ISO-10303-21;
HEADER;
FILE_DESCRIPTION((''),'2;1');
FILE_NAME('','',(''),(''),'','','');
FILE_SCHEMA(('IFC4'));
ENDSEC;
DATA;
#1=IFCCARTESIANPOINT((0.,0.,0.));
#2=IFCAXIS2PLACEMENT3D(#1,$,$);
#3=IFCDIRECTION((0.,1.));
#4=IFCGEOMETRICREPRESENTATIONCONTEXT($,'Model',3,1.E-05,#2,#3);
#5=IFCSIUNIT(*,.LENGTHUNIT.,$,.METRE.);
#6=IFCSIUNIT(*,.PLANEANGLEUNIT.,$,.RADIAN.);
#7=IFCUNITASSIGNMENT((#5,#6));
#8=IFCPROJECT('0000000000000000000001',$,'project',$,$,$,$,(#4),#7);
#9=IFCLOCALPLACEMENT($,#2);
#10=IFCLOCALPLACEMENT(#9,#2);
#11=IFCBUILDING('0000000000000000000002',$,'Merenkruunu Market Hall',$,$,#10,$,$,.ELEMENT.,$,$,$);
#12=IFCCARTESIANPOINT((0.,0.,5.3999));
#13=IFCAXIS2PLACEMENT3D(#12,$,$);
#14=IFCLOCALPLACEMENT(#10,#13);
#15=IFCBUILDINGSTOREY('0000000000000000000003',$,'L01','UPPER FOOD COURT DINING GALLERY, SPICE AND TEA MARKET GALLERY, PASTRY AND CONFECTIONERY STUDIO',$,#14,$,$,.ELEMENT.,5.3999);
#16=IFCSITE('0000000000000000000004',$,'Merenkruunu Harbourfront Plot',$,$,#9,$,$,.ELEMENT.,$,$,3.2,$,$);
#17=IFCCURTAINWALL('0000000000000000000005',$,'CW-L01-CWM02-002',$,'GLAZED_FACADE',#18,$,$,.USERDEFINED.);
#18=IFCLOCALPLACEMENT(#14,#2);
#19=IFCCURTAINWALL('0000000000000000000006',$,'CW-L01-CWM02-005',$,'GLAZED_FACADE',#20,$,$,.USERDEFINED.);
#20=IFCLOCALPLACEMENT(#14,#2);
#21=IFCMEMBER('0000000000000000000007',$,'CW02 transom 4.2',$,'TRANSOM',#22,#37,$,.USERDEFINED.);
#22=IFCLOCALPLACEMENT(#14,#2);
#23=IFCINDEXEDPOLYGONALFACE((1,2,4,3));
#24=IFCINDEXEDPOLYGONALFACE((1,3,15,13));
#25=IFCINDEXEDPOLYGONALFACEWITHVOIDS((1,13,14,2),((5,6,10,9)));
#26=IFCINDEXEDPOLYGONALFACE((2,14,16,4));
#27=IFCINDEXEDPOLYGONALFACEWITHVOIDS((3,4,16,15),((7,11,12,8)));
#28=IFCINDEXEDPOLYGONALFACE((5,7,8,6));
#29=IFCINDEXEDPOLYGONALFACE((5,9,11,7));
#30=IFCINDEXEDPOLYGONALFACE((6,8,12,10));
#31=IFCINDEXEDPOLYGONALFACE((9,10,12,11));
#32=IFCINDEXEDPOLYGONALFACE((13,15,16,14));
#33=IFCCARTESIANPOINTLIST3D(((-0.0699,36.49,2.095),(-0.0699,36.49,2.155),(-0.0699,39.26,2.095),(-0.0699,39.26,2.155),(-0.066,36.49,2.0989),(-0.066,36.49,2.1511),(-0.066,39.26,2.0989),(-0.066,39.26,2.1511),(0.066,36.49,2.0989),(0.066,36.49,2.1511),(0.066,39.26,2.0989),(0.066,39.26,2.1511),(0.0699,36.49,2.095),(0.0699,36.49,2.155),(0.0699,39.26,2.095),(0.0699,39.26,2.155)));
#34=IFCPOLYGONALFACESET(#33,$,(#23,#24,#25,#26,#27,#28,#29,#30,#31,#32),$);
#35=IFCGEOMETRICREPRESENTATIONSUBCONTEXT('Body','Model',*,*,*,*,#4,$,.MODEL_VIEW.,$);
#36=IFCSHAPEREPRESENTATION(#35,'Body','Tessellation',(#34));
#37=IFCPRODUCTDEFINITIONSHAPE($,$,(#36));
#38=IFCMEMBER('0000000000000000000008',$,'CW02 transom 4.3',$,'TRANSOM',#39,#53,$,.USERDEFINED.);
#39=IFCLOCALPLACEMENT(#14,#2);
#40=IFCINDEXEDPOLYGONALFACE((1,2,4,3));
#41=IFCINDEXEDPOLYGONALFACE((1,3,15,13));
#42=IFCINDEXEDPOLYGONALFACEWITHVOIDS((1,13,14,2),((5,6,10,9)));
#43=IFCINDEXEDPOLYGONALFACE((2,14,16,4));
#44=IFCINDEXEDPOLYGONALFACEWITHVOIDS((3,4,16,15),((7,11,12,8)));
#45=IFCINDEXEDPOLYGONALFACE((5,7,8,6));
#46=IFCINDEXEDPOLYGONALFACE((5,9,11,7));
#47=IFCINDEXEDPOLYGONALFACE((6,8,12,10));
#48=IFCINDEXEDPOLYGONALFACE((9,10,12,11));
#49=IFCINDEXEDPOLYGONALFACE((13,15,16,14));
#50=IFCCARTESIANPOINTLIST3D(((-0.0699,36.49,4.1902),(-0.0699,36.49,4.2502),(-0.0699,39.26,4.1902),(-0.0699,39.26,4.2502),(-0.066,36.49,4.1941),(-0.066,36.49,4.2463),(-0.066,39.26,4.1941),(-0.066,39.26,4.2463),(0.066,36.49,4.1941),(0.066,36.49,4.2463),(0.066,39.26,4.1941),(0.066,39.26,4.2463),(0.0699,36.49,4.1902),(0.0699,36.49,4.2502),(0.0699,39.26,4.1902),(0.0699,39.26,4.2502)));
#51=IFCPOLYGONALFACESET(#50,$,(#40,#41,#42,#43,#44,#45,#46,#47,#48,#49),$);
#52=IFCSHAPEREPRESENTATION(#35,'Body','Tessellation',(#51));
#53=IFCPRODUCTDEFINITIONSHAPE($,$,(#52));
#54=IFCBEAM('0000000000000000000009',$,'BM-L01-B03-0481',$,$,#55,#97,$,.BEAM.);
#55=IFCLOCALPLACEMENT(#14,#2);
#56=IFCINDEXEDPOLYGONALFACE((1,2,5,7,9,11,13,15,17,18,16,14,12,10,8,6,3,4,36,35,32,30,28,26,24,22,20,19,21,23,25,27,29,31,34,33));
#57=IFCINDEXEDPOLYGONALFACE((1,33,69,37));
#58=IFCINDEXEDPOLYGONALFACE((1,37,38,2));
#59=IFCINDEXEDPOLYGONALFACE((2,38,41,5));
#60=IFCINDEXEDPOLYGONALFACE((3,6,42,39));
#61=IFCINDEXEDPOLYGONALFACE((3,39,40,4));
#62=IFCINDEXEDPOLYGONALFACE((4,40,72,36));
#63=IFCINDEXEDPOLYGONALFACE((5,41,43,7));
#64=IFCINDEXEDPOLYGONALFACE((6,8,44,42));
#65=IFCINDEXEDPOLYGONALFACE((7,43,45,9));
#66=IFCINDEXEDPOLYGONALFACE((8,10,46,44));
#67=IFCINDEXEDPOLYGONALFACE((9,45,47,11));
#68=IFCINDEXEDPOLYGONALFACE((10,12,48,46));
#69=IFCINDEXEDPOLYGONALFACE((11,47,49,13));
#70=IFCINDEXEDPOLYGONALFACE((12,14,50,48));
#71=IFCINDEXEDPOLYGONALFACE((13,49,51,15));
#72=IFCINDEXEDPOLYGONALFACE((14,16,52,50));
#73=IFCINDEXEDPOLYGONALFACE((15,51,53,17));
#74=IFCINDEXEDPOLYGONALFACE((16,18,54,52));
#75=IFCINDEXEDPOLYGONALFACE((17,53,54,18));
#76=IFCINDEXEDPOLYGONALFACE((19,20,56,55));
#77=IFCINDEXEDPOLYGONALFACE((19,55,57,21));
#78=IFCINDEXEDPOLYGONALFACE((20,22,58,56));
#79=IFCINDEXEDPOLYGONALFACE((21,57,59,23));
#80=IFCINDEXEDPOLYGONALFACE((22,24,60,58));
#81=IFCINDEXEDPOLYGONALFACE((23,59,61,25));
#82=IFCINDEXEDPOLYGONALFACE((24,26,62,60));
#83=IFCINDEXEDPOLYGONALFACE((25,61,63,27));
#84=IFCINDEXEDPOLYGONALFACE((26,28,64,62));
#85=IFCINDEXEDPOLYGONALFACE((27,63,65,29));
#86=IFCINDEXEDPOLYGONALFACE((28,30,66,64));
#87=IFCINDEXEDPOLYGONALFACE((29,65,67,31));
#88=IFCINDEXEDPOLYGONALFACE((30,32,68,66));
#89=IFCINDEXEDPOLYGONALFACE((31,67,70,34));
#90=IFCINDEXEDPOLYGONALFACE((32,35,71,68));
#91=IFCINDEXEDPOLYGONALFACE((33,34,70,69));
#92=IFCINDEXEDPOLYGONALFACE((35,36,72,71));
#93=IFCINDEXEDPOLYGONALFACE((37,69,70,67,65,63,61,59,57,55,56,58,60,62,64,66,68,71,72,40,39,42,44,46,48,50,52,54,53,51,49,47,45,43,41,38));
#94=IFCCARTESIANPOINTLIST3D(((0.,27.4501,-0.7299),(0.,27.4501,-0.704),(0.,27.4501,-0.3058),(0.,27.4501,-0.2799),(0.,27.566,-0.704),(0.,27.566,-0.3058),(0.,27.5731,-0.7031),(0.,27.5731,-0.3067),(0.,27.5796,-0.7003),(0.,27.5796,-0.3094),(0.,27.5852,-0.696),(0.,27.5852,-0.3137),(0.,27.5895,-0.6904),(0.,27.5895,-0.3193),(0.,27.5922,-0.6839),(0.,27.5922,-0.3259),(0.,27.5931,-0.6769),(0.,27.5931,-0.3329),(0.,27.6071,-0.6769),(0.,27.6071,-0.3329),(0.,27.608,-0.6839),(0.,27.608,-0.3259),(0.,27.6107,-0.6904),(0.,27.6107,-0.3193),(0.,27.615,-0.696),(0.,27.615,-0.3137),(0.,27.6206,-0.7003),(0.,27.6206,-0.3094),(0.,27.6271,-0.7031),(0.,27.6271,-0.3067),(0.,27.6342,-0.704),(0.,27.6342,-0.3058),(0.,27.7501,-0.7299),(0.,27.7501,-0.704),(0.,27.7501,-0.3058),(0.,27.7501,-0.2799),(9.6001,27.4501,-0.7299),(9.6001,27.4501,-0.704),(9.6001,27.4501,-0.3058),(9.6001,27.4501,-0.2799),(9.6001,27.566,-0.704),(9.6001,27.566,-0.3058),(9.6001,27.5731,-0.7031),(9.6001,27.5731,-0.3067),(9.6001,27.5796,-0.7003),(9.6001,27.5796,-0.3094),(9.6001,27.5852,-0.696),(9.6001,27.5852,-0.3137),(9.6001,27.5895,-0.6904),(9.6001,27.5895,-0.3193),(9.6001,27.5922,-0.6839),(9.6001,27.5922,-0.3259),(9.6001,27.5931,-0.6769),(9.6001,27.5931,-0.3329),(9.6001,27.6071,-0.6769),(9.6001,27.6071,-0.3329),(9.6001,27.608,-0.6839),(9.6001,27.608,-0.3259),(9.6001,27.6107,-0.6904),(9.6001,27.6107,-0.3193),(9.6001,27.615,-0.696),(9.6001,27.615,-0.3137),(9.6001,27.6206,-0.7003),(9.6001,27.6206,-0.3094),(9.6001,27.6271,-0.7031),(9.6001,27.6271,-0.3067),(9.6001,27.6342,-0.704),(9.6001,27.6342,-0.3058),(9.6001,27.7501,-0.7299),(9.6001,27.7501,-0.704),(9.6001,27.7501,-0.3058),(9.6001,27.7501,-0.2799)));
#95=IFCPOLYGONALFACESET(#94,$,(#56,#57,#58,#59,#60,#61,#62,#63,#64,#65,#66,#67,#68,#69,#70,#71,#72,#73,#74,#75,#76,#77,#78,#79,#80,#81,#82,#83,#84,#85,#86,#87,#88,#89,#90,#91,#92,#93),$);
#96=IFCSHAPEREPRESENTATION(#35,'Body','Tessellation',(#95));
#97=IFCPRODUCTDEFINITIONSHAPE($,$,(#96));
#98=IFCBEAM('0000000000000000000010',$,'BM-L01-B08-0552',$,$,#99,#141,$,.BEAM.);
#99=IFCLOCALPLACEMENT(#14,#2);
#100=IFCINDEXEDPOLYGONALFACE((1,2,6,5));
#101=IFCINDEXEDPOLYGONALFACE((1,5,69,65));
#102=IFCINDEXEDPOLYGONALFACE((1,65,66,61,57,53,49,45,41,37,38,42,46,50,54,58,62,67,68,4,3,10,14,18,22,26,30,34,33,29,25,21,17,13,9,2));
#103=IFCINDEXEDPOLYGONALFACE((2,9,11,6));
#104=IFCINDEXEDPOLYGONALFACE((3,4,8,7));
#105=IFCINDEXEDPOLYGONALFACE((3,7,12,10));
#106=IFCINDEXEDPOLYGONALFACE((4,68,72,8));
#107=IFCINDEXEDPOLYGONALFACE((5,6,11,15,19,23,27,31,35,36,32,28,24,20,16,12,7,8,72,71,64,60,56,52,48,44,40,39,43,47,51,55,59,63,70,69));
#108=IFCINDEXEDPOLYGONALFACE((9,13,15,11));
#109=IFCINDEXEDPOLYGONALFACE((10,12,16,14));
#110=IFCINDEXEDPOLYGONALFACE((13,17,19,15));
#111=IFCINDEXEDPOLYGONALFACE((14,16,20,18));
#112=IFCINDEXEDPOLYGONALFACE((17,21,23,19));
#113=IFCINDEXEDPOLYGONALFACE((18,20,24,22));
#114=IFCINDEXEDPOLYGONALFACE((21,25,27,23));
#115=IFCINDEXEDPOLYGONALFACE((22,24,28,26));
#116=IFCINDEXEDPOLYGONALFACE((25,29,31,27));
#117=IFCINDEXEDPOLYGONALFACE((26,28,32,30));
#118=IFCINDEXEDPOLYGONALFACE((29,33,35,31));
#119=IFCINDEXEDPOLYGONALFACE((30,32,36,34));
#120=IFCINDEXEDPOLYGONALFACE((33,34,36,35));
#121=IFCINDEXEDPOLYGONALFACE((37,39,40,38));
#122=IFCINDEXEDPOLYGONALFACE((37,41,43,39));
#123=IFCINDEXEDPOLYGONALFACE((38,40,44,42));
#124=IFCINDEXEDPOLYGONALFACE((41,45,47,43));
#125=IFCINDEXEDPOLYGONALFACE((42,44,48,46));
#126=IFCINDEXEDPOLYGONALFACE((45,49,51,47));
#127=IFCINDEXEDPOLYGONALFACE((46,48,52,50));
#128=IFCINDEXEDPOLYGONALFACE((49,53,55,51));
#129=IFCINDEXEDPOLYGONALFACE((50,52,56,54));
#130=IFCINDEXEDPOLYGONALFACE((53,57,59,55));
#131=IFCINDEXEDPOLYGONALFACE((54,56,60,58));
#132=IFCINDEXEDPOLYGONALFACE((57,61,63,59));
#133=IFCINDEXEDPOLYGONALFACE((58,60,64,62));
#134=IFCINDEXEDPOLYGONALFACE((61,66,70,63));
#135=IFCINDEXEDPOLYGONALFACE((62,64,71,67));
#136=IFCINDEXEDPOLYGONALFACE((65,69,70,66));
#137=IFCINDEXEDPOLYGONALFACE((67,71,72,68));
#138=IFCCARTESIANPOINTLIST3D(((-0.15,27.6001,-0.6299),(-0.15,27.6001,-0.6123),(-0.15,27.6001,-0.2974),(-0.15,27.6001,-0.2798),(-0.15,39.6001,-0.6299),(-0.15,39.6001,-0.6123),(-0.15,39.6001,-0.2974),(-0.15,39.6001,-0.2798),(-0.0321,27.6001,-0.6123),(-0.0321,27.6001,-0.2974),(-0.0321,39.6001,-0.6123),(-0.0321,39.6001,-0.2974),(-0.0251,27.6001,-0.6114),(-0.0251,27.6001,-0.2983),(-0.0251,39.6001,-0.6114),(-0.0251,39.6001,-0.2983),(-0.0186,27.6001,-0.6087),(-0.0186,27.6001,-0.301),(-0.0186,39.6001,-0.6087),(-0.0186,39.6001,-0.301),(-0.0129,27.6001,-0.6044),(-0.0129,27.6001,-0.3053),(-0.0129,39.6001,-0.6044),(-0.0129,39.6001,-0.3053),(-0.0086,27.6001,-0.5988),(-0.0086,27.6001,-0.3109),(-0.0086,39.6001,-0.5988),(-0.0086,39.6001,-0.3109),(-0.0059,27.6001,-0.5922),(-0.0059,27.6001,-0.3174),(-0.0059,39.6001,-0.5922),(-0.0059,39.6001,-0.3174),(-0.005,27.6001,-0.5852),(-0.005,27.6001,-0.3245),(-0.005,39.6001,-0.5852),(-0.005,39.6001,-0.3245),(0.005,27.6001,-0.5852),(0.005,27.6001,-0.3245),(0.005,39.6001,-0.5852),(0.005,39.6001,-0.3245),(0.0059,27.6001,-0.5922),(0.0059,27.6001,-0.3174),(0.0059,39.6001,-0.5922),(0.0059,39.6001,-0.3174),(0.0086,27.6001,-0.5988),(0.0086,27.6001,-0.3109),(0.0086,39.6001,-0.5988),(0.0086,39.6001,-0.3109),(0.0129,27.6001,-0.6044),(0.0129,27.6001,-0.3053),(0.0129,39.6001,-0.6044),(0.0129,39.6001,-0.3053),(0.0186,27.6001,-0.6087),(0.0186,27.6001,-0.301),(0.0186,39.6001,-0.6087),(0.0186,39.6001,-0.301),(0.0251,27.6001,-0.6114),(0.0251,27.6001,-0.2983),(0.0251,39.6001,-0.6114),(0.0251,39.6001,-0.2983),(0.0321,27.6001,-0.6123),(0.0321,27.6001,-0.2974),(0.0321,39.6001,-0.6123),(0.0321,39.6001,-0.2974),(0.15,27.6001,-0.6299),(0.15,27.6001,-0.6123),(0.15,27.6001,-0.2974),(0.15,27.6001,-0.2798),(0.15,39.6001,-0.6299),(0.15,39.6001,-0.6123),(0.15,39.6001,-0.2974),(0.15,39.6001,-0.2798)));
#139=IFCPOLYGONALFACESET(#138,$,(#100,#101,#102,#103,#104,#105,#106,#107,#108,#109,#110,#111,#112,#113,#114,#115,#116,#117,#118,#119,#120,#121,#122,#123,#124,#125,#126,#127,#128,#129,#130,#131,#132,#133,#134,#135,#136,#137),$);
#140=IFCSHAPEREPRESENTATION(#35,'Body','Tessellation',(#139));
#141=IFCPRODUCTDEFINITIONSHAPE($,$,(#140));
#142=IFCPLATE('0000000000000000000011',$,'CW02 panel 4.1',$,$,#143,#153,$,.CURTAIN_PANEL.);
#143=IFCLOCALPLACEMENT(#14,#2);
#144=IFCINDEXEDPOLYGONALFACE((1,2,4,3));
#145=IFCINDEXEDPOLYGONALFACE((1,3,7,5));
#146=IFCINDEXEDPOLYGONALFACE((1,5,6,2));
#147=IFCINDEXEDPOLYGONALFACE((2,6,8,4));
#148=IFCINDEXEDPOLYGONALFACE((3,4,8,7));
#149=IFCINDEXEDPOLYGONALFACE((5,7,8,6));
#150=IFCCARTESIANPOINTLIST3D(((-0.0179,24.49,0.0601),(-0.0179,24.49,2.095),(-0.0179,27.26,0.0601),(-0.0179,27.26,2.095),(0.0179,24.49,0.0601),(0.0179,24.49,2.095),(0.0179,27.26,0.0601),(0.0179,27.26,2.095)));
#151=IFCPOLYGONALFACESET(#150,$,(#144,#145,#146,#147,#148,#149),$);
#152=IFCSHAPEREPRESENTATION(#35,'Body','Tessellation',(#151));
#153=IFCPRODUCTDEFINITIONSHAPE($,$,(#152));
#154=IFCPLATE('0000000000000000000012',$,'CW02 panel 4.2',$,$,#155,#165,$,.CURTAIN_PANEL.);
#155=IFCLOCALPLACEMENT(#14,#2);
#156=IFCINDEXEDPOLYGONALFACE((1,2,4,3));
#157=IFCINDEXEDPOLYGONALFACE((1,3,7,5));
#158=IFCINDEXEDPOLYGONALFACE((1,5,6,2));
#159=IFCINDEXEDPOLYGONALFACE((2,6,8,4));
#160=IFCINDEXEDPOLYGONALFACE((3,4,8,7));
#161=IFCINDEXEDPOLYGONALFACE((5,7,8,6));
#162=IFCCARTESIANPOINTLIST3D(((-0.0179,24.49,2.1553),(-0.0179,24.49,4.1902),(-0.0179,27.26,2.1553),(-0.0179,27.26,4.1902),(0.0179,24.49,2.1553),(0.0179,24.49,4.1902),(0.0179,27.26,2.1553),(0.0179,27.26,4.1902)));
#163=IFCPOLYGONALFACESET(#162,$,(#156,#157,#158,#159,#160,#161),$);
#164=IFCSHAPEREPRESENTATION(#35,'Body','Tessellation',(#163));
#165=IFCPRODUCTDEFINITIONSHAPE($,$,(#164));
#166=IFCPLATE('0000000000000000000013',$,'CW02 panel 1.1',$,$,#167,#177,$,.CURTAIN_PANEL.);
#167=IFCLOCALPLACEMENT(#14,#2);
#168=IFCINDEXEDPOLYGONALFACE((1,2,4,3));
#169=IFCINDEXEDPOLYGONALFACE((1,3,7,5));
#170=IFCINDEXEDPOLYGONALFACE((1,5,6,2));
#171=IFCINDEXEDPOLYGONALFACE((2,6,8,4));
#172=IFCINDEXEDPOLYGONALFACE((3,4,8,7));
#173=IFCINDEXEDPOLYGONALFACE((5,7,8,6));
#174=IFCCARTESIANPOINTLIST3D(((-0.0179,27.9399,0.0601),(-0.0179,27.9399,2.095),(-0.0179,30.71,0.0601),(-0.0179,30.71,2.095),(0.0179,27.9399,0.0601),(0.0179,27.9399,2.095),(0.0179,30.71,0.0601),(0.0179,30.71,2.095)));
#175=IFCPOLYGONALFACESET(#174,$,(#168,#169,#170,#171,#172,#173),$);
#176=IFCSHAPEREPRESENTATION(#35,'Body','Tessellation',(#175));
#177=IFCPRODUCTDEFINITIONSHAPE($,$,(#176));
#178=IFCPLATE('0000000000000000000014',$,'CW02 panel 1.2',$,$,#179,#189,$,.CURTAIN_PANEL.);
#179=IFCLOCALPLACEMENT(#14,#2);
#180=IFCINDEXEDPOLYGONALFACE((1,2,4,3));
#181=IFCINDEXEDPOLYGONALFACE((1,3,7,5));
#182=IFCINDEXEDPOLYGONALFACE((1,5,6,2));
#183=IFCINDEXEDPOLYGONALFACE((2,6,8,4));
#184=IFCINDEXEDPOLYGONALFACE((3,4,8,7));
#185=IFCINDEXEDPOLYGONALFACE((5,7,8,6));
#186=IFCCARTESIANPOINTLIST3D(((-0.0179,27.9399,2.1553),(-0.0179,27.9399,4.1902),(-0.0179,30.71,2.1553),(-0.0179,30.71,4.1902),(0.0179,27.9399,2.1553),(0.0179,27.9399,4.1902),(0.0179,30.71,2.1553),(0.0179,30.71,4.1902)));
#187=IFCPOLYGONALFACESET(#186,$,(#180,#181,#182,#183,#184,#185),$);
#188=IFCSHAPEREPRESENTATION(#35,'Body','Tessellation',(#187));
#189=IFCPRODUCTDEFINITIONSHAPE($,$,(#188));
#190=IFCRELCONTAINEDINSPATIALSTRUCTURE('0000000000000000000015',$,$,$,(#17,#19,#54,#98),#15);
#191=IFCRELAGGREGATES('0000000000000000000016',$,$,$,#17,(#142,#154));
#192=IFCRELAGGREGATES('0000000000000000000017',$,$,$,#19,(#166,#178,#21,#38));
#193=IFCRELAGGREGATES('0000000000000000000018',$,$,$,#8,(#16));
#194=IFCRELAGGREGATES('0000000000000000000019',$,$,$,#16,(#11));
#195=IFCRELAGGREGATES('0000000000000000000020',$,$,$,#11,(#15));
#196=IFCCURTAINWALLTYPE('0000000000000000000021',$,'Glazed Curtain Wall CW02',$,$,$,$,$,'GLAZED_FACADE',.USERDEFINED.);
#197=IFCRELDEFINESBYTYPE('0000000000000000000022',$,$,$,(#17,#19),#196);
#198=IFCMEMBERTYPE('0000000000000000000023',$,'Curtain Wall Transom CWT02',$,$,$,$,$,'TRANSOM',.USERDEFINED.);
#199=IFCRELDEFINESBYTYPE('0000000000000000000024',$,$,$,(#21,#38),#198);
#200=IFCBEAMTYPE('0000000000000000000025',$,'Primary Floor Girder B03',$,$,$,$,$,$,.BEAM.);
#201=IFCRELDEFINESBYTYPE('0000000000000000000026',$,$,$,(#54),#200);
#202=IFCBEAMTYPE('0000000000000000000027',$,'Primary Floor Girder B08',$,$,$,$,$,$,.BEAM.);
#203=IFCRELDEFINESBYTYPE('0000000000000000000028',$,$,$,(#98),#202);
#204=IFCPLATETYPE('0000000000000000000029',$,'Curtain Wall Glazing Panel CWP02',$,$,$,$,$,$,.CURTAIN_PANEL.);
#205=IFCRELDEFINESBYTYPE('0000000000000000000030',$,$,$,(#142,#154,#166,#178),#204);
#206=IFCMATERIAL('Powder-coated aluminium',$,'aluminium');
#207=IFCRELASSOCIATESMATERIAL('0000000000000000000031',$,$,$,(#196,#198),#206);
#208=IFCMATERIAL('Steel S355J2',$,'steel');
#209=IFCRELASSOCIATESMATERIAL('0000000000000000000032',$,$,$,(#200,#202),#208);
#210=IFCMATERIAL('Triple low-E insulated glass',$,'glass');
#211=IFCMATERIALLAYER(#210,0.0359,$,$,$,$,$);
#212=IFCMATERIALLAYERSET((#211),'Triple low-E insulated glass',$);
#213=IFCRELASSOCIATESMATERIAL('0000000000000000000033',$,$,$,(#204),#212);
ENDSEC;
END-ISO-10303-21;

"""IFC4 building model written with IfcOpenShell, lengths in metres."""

from ifc_helpers import new_model, si_unit, direction, frame, origin, origin_2d, place, context, subcontext, project, spatial, rectangle, hollow_rectangle, i_section, extrude, material, layer, layer_set, material_profile, profile_set, type_object, element, aggregate, save


model = new_model("IFC4")

# Units and contexts
model_context = context("Model", 3, precision=1e-05, world=origin(), true_north=direction((0.0, 1.0)))
body_context = subcontext(model_context, "Body", "Model", "MODEL_VIEW")
ifc_project = project(units=[si_unit("LENGTHUNIT", "METRE"), si_unit("PLANEANGLEUNIT", "RADIAN")], contexts=[model_context])

# Site, building, storey
site_placement = place(None, origin())
site = spatial("IfcSite", under=ifc_project, at=site_placement, Name="Merenkruunu Harbourfront Plot", CompositionType="ELEMENT", RefElevation=3.2)
building_placement = place(site_placement, origin())
building = spatial("IfcBuilding", under=site, at=building_placement, Name="Merenkruunu Market Hall", CompositionType="ELEMENT")
storey_placement = place(building_placement, frame((0.0, 0.0, 5.3999)))
storey = spatial("IfcBuildingStorey", under=building, at=storey_placement, Name="L01", Description="UPPER FOOD COURT DINING GALLERY, SPICE AND TEA MARKET GALLERY, PASTRY AND CONFECTIONERY STUDIO", CompositionType="ELEMENT", Elevation=5.3999)

# Curtain wall
ifc_material_1 = material(Name="Powder-coated aluminium", Category="aluminium")
curtain_wall_type = type_object("IfcCurtainWallType", Name="Glazed Curtain Wall CW02", ElementType="GLAZED_FACADE", PredefinedType="USERDEFINED", material=ifc_material_1)
curtain_wall_1_placement = place(storey_placement, origin())
curtain_wall_1 = element("IfcCurtainWall", 1, at=curtain_wall_1_placement, inside=storey, type_object=curtain_wall_type, Name="CW-L01-CWM02-002", ObjectType="GLAZED_FACADE", PredefinedType="USERDEFINED")

# Curtain wall
curtain_wall_2_placement = place(storey_placement, origin())
curtain_wall_2 = element("IfcCurtainWall", 2, at=curtain_wall_2_placement, inside=storey, type_object=curtain_wall_type, Name="CW-L01-CWM02-005", ObjectType="GLAZED_FACADE", PredefinedType="USERDEFINED")

# Members
ifc_material_profile_1 = material_profile(ifc_material_1, hollow_rectangle(XDim=0.0601, YDim=0.1399, WallThickness=0.0039, at=origin_2d()), Name="ALU 60x140x4")
ifc_profile_set_1 = profile_set([ifc_material_profile_1], Name="Powder-coated aluminium")
member_type_1 = type_object("IfcMemberType", Name="Curtain Wall Transom CWT02", ElementType="TRANSOM", PredefinedType="USERDEFINED", material=ifc_profile_set_1)
member_1_placement = place(storey_placement, frame((0.0, 36.49, 2.125), z_axis=(0.0, 1.0, 0.0), x_axis=(0.0, 0.0, 1.0)))
member_1 = element("IfcMember", 3, at=member_1_placement, type_object=member_type_1, Name="CW02 transom 4.2", ObjectType="TRANSOM", PredefinedType="USERDEFINED", context=body_context, shape_type="SweptSolid", body=[
    extrude(hollow_rectangle(XDim=0.0601, YDim=0.1399, WallThickness=0.0039, at=origin_2d()), origin(), (0.0, 0.0, 1.0), 2.77),
])
member_2_placement = place(storey_placement, frame((0.0, 36.49, 4.2202), z_axis=(0.0, 1.0, 0.0), x_axis=(0.0, 0.0, 1.0)))
member_2 = element("IfcMember", 4, at=member_2_placement, type_object=member_type_1, Name="CW02 transom 4.3", ObjectType="TRANSOM", PredefinedType="USERDEFINED", context=body_context, shape_type="SweptSolid", body=[
    extrude(hollow_rectangle(XDim=0.0601, YDim=0.1399, WallThickness=0.0039, at=origin_2d()), origin(), (0.0, 0.0, 1.0), 2.77),
])

# Beams
ifc_material_2 = material(Name="Steel S355J2", Category="steel")
ifc_material_profile_2 = material_profile(ifc_material_2, i_section(OverallWidth=0.3, OverallDepth=0.45, WebThickness=0.0139, FlangeThickness=0.0259, FilletRadius=0.0271, at=origin_2d()), Name="HEB 450")
ifc_profile_set_2 = profile_set([ifc_material_profile_2], Name="Steel S355J2")
beam_type_1 = type_object("IfcBeamType", Name="Primary Floor Girder B03", PredefinedType="BEAM", material=ifc_profile_set_2)
beam_1_placement = place(storey_placement, frame((0.0, 27.6001, -0.5049), z_axis=(1.0, 0.0, 0.0), x_axis=(0.0, 1.0, 0.0)))
element("IfcBeam", 5, at=beam_1_placement, inside=storey, type_object=beam_type_1, Name="BM-L01-B03-0481", PredefinedType="BEAM", context=body_context, shape_type="SweptSolid", body=[
    extrude(i_section(OverallWidth=0.3, OverallDepth=0.45, WebThickness=0.0139, FlangeThickness=0.0259, FilletRadius=0.0271, at=origin_2d()), origin(), (0.0, 0.0, 1.0), 9.6001),
])
ifc_material_profile_3 = material_profile(ifc_material_2, i_section(OverallWidth=0.3, OverallDepth=0.3501, WebThickness=0.01, FlangeThickness=0.0176, FilletRadius=0.0271, at=origin_2d()), Name="HEA 360")
ifc_profile_set_3 = profile_set([ifc_material_profile_3], Name="Steel S355J2")
beam_type_2 = type_object("IfcBeamType", Name="Primary Floor Girder B08", PredefinedType="BEAM", material=ifc_profile_set_3)
beam_2_placement = place(storey_placement, frame((0.0, 27.6001, -0.4548), z_axis=(0.0, 1.0, 0.0), x_axis=(-1.0, 0.0, 0.0)))
element("IfcBeam", 6, at=beam_2_placement, inside=storey, type_object=beam_type_2, Name="BM-L01-B08-0552", PredefinedType="BEAM", context=body_context, shape_type="SweptSolid", body=[
    extrude(i_section(OverallWidth=0.3, OverallDepth=0.3501, WebThickness=0.01, FlangeThickness=0.0176, FilletRadius=0.0271, at=origin_2d()), origin(), (0.0, 0.0, 1.0), 12.0),
])

# Plates
ifc_material_3 = material(Name="Triple low-E insulated glass", Category="glass")
ifc_layer_1 = layer(ifc_material_3, 0.0359)
ifc_layer_set_1 = layer_set([ifc_layer_1], Name="Triple low-E insulated glass")
plate_type = type_object("IfcPlateType", Name="Curtain Wall Glazing Panel CWP02", PredefinedType="CURTAIN_PANEL", material=ifc_layer_set_1)
plate_1_placement = place(storey_placement, frame((0.0, 25.875, 0.0601), z_axis=(0.0, 0.0, 1.0), x_axis=(0.0, 1.0, 0.0)))
plate_1 = element("IfcPlate", 7, at=plate_1_placement, type_object=plate_type, Name="CW02 panel 4.1", PredefinedType="CURTAIN_PANEL", context=body_context, shape_type="SweptSolid", body=[
    extrude(rectangle(XDim=2.77, YDim=0.0359, at=origin_2d()), origin(), (0.0, 0.0, 1.0), 2.0349),
])
plate_2_placement = place(storey_placement, frame((0.0, 25.875, 2.1553), z_axis=(0.0, 0.0, 1.0), x_axis=(0.0, 1.0, 0.0)))
plate_2 = element("IfcPlate", 8, at=plate_2_placement, type_object=plate_type, Name="CW02 panel 4.2", PredefinedType="CURTAIN_PANEL", context=body_context, shape_type="SweptSolid", body=[
    extrude(rectangle(XDim=2.77, YDim=0.0359, at=origin_2d()), origin(), (0.0, 0.0, 1.0), 2.0349),
])
aggregate(curtain_wall_1, [plate_1, plate_2])
plate_3_placement = place(storey_placement, frame((0.0, 29.325, 0.0601), z_axis=(0.0, 0.0, 1.0), x_axis=(0.0, 1.0, 0.0)))
plate_3 = element("IfcPlate", 9, at=plate_3_placement, type_object=plate_type, Name="CW02 panel 1.1", PredefinedType="CURTAIN_PANEL", context=body_context, shape_type="SweptSolid", body=[
    extrude(rectangle(XDim=2.77, YDim=0.0359, at=origin_2d()), origin(), (0.0, 0.0, 1.0), 2.0349),
])
plate_4_placement = place(storey_placement, frame((0.0, 29.325, 2.1553), z_axis=(0.0, 0.0, 1.0), x_axis=(0.0, 1.0, 0.0)))
plate_4 = element("IfcPlate", 10, at=plate_4_placement, type_object=plate_type, Name="CW02 panel 1.2", PredefinedType="CURTAIN_PANEL", context=body_context, shape_type="SweptSolid", body=[
    extrude(rectangle(XDim=2.77, YDim=0.0359, at=origin_2d()), origin(), (0.0, 0.0, 1.0), 2.0349),
])
aggregate(curtain_wall_2, [plate_3, plate_4, member_1, member_2])

save(model, "model.ifc")
